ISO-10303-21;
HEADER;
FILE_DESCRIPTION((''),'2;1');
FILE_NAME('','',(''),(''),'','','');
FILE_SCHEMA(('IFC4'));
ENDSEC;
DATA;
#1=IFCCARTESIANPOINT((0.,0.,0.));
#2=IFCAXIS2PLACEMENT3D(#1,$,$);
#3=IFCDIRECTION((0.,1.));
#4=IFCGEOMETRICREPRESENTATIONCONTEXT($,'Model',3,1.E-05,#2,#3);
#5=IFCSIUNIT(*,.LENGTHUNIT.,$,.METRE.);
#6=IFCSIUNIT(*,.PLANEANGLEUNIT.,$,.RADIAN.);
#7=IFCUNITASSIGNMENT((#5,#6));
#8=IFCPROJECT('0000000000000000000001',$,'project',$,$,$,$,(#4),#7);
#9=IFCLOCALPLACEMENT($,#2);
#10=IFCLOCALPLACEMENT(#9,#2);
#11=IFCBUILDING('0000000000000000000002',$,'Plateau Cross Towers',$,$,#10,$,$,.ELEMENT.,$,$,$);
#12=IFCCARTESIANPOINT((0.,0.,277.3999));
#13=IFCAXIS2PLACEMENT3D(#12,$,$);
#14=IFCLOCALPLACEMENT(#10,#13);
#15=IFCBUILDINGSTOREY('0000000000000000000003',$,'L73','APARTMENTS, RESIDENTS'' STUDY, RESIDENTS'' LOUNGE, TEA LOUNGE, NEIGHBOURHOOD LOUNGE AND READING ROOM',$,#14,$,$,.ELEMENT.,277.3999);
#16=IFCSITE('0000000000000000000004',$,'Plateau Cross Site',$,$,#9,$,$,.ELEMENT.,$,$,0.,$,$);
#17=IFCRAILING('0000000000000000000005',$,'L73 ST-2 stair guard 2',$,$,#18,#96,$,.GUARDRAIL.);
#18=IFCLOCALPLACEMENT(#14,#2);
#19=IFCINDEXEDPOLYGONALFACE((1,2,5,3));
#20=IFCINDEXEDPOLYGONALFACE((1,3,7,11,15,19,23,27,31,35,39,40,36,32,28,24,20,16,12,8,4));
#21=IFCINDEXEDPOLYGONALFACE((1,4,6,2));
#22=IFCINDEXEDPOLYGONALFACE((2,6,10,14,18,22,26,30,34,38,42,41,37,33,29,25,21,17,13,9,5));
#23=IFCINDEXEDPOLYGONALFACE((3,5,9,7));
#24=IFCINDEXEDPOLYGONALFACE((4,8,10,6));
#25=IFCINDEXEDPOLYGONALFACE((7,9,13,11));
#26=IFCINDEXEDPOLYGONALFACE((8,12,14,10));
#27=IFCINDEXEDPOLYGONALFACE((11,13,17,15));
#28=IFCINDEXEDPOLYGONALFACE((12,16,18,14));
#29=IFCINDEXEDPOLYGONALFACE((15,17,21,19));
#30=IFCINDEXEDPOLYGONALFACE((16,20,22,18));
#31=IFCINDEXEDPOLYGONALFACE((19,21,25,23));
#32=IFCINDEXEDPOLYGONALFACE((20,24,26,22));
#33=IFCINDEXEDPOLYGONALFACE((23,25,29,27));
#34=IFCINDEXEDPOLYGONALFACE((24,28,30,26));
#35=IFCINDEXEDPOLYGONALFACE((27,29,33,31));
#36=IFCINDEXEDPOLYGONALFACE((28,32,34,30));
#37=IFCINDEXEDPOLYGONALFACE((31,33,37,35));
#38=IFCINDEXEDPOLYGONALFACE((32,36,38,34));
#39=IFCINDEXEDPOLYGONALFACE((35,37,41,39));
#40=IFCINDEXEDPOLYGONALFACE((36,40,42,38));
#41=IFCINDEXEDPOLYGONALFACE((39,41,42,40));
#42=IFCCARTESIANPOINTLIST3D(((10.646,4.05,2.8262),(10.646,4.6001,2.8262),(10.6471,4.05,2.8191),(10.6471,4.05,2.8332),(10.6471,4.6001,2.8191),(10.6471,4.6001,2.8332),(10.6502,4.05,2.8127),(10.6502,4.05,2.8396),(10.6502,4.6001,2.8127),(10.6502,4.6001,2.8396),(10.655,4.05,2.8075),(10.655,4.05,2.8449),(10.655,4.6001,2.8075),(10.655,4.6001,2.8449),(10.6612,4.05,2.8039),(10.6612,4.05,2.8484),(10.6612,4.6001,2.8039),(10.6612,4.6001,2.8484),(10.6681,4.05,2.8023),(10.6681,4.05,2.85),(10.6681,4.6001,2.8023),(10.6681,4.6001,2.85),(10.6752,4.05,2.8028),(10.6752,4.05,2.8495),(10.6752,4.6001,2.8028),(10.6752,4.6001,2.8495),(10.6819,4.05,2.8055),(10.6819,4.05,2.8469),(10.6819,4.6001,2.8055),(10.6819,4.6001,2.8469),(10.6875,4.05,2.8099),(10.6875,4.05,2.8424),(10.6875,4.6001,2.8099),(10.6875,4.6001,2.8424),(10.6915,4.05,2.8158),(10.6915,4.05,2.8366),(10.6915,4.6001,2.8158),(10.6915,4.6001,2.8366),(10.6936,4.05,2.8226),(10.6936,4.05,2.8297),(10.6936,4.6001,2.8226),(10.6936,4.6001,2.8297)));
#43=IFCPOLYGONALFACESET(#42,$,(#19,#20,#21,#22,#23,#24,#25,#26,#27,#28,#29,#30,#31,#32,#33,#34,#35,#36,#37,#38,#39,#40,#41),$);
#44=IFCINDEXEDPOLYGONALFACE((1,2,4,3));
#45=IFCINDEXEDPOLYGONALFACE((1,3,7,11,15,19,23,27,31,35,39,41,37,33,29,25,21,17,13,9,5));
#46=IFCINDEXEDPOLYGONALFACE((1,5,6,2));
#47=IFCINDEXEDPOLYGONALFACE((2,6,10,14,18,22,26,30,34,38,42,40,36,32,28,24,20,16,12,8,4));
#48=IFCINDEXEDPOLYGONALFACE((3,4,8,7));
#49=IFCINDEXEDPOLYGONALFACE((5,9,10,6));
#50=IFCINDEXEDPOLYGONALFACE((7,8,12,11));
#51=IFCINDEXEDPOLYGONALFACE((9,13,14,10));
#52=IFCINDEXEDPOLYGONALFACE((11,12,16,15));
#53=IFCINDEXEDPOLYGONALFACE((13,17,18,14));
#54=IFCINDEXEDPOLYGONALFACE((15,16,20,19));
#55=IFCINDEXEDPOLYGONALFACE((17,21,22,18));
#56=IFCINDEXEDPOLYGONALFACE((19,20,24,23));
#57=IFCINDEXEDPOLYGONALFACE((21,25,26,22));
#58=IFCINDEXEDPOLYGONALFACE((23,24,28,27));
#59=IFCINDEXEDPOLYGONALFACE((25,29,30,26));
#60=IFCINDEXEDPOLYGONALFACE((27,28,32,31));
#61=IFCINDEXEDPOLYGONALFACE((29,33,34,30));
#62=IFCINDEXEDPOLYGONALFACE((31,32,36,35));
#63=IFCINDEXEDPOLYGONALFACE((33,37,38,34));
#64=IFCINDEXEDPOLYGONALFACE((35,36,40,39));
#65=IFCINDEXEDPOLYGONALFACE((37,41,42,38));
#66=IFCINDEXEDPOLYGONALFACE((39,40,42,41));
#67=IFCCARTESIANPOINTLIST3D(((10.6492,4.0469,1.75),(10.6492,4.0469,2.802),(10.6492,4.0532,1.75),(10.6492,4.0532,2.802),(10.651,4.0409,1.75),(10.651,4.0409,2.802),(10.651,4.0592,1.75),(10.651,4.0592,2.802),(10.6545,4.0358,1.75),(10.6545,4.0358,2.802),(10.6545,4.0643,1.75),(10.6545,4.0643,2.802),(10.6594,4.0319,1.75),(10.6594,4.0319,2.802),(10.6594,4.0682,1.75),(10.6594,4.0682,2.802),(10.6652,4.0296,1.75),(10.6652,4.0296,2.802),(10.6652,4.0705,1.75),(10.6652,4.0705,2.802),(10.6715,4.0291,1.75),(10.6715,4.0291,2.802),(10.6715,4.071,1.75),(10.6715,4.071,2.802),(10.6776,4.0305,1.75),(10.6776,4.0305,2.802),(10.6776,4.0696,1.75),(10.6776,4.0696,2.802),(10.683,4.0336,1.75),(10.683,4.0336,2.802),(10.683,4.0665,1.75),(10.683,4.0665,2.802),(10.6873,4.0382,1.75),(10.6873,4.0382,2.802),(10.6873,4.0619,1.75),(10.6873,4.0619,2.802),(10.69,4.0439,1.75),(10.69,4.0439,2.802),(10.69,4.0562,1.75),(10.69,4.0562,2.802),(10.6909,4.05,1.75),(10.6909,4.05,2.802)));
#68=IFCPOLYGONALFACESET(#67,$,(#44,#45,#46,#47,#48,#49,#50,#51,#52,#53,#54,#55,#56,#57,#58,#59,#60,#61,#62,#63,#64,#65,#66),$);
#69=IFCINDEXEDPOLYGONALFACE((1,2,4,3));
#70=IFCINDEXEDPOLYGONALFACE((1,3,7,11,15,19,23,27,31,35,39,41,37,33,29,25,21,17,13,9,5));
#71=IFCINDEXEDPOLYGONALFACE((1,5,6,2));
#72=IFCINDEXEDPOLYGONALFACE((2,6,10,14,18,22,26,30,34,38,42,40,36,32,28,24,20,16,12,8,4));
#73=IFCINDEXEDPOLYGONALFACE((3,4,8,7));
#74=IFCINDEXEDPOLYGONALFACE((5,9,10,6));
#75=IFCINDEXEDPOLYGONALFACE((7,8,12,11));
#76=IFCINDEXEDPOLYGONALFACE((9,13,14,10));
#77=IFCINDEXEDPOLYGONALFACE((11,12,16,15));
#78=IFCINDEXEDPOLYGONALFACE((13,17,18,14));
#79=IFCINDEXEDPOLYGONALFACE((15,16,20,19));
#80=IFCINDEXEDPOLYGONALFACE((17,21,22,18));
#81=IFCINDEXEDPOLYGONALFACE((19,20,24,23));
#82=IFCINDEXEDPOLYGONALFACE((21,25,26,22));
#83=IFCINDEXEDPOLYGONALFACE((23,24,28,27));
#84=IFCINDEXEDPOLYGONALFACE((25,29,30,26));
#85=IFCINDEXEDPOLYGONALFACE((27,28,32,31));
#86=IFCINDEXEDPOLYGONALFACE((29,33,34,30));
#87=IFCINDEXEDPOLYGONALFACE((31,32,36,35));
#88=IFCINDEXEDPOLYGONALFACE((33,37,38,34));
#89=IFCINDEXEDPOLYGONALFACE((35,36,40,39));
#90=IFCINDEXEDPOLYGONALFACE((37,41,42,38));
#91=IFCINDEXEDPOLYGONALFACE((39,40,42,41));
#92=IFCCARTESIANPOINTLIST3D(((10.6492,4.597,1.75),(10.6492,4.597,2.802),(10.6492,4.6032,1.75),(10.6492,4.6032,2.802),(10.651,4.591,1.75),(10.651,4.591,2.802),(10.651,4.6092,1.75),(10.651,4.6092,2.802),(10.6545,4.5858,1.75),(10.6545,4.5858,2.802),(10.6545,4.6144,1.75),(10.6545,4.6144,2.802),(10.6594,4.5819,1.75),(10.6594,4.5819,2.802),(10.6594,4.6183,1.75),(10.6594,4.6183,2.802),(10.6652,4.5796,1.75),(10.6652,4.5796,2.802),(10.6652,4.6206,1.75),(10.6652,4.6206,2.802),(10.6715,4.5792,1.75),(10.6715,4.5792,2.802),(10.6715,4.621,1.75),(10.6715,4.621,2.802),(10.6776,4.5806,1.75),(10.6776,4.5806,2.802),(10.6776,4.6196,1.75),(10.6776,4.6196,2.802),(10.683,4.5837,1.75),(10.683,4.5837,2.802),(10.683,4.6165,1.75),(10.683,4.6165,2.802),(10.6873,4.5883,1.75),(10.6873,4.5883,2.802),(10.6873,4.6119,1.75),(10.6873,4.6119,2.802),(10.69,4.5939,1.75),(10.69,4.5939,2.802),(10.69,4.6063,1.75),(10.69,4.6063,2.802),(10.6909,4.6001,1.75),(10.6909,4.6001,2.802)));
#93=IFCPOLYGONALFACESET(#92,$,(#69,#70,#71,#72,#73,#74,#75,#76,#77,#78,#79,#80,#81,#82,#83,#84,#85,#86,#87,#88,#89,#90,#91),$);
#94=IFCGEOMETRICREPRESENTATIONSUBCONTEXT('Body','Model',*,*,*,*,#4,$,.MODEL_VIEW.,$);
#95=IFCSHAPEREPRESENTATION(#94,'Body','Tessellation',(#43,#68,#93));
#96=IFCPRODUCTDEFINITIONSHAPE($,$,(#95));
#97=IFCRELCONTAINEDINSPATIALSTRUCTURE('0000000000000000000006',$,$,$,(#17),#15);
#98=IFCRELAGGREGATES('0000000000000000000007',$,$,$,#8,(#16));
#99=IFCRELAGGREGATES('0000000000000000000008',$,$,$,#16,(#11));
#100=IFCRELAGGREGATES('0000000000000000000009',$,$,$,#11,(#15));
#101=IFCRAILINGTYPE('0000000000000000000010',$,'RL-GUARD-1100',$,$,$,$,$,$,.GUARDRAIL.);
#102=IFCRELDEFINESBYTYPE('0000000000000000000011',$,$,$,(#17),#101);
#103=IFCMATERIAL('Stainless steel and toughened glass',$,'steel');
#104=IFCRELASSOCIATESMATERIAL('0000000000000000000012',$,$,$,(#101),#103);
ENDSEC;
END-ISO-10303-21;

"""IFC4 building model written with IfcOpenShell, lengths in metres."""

from ifc_helpers import new_model, si_unit, direction, frame, origin, origin_2d, place, context, subcontext, project, spatial, circle, extrude, material, type_object, element, save


model = new_model("IFC4")

# Units and contexts
model_context = context("Model", 3, precision=1e-05, world=origin(), true_north=direction((0.0, 1.0)))
body_context = subcontext(model_context, "Body", "Model", "MODEL_VIEW")
ifc_project = project(units=[si_unit("LENGTHUNIT", "METRE"), si_unit("PLANEANGLEUNIT", "RADIAN")], contexts=[model_context])

# Site, building, storey
site_placement = place(None, origin())
site = spatial("IfcSite", under=ifc_project, at=site_placement, Name="Plateau Cross Site", CompositionType="ELEMENT", RefElevation=0.0)
building_placement = place(site_placement, origin())
building = spatial("IfcBuilding", under=site, at=building_placement, Name="Plateau Cross Towers", CompositionType="ELEMENT")
storey_placement = place(building_placement, frame((0.0, 0.0, 277.3999)))
storey = spatial("IfcBuildingStorey", under=building, at=storey_placement, Name="L73", Description="APARTMENTS, RESIDENTS' STUDY, RESIDENTS' LOUNGE, TEA LOUNGE, NEIGHBOURHOOD LOUNGE AND READING ROOM", CompositionType="ELEMENT", Elevation=277.3999)

# Railing
ifc_material_1 = material(Name="Stainless steel and toughened glass", Category="steel")
railing_type_1 = type_object("IfcRailingType", Name="RL-GUARD-1100", PredefinedType="GUARDRAIL", material=ifc_material_1)
railing_1_placement = place(storey_placement, frame((10.6699, 4.05, 1.75)))
element("IfcRailing", 1, at=railing_1_placement, inside=storey, type_object=railing_type_1, Name="L73 ST-2 stair guard 2", PredefinedType="GUARDRAIL", context=body_context, shape_type="SweptSolid", body=[
    extrude(circle(Radius=0.0239, at=origin_2d()), frame((0.0, 0.0, 1.0762), z_axis=(0.0, 1.0, 0.0), x_axis=(-1.0, 0.0, 0.0)), (0.0, 0.0, 1.0), 0.55),
    extrude(circle(Radius=0.021, at=origin_2d()), origin(), (0.0, 0.0, 1.0), 1.052),
    extrude(circle(Radius=0.021, at=origin_2d()), frame((0.0, 0.55, 0.0)), (0.0, 0.0, 1.0), 1.052),
])

save(model, "model.ifc")
